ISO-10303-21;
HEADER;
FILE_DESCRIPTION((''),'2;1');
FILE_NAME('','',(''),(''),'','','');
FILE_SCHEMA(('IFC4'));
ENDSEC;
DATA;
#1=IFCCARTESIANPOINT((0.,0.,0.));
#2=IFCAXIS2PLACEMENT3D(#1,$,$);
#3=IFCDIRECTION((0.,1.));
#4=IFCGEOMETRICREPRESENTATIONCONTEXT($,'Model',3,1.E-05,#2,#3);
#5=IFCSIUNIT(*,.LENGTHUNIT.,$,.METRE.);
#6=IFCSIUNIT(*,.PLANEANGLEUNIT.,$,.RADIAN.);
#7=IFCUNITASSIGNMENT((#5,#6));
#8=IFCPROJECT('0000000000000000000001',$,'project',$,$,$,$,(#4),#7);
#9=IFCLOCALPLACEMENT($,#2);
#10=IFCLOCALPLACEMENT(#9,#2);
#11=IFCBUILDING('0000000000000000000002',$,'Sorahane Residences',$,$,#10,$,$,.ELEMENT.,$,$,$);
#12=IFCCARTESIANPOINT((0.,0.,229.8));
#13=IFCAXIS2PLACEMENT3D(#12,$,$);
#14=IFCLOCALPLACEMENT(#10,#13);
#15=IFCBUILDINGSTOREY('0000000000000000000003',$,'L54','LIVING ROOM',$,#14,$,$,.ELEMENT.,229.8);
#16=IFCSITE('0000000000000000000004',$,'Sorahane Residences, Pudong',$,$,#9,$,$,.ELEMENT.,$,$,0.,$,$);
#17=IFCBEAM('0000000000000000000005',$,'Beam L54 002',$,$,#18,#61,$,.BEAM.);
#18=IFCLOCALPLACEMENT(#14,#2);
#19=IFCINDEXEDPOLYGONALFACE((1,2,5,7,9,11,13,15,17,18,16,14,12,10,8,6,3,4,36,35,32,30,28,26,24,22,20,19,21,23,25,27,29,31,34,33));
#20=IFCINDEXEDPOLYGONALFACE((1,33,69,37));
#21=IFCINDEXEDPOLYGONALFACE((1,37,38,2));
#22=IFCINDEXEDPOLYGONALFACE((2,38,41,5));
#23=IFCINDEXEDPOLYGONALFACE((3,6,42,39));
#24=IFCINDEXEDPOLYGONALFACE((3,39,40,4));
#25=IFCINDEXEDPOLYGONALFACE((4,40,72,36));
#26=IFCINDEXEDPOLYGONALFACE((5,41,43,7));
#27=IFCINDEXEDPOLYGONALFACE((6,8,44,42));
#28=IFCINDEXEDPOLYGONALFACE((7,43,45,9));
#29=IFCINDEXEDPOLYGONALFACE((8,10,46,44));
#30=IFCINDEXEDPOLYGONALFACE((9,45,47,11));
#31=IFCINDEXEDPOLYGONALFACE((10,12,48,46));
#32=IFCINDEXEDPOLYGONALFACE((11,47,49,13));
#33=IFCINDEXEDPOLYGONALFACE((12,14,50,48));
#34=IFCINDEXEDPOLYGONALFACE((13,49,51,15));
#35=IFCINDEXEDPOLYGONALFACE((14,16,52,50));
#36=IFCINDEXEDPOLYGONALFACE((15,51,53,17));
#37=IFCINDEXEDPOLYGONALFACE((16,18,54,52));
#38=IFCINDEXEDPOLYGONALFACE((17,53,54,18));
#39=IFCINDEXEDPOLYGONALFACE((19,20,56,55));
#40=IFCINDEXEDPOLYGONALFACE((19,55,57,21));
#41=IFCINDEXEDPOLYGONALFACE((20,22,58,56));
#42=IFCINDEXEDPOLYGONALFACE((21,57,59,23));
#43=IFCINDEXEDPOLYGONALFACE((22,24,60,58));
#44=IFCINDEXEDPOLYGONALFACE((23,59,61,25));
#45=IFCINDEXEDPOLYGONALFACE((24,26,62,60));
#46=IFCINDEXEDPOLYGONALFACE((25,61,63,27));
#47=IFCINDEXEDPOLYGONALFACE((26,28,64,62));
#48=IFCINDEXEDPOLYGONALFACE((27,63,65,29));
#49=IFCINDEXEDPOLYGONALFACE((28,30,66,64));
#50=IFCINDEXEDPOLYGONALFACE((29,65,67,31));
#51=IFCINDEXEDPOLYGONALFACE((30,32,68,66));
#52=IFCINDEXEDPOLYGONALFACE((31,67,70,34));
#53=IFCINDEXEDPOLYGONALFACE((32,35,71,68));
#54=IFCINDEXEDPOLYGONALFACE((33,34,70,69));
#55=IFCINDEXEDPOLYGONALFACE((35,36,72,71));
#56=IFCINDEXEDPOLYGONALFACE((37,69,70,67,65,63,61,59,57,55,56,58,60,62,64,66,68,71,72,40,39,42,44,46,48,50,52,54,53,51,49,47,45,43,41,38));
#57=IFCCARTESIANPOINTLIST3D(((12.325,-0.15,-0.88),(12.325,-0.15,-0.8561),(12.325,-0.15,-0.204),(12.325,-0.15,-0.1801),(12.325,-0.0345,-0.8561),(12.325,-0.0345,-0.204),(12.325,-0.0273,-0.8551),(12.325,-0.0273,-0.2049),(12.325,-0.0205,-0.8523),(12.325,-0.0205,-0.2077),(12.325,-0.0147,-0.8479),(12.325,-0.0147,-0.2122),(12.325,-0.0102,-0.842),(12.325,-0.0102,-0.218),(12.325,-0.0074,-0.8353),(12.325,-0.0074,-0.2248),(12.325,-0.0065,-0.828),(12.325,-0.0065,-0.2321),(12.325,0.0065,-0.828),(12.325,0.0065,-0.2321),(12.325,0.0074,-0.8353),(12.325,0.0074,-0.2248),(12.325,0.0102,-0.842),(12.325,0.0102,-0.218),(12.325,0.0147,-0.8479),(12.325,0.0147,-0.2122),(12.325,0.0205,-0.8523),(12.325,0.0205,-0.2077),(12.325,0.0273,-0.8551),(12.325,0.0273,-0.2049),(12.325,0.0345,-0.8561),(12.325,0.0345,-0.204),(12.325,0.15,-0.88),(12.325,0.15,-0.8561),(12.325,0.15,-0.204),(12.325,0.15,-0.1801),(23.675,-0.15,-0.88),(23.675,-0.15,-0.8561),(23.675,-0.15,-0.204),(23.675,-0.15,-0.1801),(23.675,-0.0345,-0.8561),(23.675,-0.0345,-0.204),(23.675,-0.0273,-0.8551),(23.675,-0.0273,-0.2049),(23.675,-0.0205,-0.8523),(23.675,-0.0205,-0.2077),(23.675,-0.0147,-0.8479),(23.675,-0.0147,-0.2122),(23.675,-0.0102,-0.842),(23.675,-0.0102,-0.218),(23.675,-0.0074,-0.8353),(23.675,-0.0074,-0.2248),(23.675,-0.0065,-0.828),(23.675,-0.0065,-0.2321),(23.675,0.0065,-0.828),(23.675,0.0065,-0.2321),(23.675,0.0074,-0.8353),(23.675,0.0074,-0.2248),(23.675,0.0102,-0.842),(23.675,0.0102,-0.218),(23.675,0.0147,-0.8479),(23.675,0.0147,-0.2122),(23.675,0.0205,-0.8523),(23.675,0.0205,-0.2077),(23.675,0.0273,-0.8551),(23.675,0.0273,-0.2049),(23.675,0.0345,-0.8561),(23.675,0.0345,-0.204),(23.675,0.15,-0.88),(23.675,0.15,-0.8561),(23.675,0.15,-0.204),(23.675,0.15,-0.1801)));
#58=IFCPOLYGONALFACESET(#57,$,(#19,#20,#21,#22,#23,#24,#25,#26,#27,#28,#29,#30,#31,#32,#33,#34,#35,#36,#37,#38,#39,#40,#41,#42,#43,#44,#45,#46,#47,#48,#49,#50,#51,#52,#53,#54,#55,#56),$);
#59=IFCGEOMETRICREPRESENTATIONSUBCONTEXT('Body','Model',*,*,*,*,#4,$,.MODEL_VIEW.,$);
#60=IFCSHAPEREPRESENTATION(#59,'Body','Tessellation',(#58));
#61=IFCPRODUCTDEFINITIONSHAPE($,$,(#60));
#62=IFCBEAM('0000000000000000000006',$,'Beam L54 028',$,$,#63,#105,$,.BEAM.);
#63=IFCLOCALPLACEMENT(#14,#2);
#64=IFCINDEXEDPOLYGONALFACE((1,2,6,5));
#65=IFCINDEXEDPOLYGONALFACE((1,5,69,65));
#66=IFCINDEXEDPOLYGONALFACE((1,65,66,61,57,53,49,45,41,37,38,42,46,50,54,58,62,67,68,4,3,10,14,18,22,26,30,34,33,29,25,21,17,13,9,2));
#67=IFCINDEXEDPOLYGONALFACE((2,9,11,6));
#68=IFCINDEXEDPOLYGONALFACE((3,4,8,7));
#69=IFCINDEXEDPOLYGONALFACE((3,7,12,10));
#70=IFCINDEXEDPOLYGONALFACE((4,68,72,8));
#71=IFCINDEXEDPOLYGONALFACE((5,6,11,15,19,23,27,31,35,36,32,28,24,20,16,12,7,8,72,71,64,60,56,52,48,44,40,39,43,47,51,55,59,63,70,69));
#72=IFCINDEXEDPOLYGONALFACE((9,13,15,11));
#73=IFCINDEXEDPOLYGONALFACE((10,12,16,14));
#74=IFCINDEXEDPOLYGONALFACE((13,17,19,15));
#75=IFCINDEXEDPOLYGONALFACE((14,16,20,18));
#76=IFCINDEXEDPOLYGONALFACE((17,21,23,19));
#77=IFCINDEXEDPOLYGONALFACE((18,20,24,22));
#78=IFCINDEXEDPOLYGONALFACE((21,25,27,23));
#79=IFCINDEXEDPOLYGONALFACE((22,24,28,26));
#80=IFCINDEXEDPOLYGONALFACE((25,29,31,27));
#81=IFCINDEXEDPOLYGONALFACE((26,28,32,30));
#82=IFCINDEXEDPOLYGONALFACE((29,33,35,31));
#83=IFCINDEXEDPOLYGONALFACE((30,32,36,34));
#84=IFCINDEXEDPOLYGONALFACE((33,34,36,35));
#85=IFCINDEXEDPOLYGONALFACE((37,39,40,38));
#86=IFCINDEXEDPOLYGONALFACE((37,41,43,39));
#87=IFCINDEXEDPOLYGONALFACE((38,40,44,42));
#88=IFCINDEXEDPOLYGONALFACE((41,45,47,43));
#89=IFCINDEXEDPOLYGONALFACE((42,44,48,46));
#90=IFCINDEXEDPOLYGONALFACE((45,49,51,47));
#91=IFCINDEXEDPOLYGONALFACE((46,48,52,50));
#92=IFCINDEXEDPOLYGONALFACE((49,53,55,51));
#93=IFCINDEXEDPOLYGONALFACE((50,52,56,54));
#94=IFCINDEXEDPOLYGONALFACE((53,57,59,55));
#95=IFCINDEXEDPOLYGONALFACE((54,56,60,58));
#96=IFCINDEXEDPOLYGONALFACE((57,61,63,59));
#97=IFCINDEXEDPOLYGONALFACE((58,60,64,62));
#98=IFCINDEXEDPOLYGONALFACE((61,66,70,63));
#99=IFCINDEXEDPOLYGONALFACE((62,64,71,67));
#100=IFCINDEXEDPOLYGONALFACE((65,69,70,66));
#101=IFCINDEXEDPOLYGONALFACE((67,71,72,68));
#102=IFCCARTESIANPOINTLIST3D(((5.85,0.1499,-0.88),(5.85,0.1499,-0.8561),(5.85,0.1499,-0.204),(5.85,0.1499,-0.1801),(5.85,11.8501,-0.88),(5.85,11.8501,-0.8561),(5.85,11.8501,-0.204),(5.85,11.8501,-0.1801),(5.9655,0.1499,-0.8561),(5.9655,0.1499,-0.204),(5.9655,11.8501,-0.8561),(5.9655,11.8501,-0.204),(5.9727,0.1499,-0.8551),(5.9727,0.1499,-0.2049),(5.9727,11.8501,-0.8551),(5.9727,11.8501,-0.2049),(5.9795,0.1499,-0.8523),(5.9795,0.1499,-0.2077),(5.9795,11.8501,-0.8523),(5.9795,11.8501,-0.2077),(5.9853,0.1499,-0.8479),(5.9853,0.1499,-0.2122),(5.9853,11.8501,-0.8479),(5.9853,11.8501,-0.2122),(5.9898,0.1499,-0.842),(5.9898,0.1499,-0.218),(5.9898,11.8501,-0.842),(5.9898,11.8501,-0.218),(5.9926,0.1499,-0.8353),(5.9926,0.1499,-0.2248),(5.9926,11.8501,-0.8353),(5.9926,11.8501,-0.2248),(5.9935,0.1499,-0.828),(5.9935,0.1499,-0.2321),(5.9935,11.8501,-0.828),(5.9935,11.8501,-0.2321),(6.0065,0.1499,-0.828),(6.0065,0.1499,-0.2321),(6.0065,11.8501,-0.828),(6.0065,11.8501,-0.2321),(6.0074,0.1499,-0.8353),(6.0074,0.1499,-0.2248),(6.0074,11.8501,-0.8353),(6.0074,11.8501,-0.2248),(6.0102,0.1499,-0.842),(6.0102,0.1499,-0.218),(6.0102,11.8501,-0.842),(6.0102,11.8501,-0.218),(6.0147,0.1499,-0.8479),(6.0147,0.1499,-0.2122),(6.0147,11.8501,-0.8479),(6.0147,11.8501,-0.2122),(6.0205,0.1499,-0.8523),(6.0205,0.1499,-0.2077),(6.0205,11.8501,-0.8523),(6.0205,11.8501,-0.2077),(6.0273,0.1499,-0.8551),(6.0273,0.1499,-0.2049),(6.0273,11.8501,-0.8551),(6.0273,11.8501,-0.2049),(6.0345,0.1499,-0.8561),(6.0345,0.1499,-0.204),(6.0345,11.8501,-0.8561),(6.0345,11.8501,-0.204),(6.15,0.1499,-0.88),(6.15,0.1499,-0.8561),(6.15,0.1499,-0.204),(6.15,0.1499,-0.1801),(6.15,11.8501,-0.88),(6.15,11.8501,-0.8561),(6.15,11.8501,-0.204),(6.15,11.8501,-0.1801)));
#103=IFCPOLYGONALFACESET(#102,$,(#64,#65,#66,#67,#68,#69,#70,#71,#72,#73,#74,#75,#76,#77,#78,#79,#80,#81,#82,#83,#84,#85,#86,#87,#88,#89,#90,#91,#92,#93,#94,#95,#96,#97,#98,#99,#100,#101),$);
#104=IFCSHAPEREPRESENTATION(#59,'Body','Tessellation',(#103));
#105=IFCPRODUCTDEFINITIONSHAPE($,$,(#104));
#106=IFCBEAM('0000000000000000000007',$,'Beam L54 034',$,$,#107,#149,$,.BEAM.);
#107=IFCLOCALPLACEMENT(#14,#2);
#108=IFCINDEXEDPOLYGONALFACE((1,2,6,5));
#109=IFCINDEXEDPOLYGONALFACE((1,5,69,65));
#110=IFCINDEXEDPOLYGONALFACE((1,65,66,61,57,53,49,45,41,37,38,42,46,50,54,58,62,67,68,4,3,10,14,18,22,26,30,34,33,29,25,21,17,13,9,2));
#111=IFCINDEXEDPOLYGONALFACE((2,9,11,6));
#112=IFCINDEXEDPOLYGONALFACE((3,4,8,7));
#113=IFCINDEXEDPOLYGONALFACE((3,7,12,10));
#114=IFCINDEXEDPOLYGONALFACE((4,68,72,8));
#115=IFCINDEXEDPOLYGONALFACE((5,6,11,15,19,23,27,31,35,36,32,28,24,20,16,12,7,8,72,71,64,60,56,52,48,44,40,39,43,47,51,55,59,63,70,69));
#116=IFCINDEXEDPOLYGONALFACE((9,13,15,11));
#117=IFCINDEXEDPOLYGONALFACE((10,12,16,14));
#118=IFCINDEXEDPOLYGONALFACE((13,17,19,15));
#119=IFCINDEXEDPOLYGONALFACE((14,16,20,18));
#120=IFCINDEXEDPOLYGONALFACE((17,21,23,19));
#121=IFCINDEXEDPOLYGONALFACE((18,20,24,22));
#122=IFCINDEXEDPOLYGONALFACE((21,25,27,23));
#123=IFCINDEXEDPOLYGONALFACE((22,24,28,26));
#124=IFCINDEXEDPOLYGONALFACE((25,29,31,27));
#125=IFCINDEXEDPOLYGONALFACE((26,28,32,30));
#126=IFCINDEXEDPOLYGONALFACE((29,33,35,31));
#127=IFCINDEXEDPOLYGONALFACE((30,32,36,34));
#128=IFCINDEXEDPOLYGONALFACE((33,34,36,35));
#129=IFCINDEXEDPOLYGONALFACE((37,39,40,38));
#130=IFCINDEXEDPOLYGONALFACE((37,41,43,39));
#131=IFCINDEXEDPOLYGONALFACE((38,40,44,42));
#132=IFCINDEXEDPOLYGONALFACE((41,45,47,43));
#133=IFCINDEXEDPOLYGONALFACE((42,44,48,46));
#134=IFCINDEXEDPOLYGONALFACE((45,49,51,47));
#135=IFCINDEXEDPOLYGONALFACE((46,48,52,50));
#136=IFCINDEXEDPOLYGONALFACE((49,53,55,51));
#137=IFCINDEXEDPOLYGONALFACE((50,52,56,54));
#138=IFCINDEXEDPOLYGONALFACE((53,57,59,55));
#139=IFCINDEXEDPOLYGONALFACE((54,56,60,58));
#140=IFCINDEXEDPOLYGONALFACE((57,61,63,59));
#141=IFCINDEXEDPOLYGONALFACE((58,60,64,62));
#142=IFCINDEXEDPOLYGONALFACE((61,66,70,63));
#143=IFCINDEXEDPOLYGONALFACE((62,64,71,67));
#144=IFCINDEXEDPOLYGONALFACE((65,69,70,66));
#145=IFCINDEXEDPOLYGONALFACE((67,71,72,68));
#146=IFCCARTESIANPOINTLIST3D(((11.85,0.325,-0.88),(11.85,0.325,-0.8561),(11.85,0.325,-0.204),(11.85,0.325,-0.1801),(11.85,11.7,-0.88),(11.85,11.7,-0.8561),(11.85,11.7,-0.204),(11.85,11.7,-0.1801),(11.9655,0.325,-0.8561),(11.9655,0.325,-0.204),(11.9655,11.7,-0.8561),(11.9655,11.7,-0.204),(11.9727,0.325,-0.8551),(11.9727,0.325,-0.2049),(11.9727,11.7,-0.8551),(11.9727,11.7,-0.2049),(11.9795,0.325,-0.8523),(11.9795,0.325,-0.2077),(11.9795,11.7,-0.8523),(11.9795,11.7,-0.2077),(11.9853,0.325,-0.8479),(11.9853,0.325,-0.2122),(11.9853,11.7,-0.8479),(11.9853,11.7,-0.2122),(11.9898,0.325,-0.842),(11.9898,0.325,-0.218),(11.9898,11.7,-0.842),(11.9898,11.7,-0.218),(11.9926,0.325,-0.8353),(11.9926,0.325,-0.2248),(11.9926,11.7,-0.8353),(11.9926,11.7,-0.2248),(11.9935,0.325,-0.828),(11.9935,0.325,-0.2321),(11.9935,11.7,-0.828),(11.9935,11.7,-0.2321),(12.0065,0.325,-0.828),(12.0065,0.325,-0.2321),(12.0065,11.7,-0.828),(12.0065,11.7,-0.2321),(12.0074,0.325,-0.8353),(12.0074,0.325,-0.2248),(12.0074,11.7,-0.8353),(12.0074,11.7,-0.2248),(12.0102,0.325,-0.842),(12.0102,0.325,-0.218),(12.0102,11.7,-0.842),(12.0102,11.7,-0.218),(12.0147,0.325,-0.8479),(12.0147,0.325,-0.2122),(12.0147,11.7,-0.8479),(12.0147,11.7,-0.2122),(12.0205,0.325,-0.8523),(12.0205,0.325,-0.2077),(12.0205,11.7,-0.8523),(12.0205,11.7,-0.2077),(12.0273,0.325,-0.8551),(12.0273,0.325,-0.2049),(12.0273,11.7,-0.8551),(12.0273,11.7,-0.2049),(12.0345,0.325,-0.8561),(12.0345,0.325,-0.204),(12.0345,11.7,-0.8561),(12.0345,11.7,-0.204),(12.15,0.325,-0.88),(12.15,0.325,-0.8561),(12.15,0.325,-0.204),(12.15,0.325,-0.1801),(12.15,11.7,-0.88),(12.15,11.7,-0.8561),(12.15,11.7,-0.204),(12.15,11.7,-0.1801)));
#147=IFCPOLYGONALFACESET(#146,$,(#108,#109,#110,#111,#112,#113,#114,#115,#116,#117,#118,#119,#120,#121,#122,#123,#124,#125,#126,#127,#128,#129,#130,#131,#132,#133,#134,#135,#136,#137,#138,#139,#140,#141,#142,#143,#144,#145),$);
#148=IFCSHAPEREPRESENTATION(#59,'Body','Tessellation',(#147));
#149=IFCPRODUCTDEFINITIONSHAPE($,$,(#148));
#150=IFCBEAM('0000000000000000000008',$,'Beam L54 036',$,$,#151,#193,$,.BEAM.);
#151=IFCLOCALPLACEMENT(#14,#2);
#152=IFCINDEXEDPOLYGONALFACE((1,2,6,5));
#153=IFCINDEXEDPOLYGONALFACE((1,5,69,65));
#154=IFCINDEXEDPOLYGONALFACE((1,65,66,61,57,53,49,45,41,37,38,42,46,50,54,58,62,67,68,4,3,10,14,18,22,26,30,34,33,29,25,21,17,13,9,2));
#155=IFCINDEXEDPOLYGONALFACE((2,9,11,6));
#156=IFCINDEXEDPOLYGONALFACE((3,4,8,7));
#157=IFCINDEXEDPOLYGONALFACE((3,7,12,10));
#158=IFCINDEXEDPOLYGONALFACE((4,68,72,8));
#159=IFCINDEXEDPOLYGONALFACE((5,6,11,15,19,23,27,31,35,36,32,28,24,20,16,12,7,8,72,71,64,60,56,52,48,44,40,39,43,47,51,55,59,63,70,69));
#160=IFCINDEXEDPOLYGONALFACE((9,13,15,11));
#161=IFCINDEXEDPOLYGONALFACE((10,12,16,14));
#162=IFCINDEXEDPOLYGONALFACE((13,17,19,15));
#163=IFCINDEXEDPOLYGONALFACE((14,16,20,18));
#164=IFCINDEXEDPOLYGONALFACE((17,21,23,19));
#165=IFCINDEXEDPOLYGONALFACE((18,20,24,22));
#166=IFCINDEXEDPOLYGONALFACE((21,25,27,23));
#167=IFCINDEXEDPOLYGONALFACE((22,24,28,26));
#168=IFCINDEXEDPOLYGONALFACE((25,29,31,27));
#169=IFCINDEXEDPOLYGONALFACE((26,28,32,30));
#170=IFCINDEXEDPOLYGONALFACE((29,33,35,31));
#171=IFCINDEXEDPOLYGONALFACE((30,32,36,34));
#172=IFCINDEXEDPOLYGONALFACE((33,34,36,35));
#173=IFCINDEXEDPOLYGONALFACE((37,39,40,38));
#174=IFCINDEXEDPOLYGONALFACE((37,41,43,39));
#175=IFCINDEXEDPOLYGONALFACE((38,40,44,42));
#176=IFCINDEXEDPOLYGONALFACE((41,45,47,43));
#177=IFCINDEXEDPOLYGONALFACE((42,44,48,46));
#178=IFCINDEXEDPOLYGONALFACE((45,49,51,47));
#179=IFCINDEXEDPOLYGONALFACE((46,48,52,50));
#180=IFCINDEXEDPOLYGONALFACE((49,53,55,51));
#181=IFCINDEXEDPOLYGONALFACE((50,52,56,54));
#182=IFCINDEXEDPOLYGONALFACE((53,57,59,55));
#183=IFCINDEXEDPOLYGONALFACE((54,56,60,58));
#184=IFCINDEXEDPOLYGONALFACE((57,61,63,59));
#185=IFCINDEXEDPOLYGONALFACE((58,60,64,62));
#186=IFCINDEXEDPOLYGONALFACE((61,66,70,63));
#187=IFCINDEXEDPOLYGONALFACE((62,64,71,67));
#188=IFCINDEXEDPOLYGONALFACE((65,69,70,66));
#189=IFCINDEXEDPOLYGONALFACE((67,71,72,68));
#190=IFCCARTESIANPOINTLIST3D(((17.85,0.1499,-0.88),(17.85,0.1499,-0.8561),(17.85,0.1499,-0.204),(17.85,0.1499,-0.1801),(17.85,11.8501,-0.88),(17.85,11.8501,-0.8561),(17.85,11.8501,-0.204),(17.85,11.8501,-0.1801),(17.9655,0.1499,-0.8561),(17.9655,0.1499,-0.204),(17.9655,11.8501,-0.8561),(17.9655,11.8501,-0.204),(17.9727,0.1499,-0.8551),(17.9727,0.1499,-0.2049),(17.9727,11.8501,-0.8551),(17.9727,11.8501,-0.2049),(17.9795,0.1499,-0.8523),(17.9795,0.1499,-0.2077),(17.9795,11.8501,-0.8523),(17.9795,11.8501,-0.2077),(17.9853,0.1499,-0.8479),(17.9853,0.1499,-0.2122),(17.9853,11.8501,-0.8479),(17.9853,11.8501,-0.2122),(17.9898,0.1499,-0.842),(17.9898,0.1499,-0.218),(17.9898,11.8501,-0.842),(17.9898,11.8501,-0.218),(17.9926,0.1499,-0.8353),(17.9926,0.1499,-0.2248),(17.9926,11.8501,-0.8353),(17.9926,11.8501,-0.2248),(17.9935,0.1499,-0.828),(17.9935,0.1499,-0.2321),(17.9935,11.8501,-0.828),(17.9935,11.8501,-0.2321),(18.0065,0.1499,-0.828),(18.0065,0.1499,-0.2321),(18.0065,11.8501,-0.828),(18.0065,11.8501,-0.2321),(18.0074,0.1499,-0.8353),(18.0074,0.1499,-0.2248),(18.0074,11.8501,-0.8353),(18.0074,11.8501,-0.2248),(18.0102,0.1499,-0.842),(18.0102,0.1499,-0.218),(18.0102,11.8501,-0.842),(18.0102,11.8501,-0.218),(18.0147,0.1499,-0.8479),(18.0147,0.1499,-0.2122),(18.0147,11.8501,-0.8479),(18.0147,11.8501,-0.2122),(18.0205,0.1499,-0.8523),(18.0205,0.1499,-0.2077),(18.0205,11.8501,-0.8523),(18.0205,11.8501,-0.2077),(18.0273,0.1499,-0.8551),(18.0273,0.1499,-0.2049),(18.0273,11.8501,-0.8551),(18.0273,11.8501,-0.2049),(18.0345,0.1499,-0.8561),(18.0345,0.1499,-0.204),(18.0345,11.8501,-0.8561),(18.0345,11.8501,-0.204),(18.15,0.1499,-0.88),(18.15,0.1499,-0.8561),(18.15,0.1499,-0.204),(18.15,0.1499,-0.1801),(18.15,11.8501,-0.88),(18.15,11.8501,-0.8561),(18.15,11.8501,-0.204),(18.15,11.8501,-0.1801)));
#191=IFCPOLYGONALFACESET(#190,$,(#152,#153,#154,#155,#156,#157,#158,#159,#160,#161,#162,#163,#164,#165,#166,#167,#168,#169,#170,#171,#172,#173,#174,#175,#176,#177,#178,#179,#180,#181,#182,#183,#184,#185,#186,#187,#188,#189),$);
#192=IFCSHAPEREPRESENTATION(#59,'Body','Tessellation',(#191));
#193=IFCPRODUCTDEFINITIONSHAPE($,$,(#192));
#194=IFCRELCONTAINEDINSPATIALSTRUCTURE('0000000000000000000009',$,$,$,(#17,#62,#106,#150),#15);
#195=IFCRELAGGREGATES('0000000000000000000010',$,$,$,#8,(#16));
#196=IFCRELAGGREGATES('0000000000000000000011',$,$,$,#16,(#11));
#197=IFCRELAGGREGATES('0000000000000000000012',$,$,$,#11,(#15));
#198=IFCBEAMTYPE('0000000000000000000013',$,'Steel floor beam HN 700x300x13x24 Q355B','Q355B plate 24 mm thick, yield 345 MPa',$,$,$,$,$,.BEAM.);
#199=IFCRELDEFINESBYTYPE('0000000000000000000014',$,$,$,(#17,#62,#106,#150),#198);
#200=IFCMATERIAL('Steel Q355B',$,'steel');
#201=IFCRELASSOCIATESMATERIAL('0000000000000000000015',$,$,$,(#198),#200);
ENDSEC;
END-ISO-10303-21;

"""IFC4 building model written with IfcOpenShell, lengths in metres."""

from ifc_helpers import new_model, si_unit, direction, frame, origin, origin_2d, place, context, subcontext, project, spatial, i_section, extrude, material, material_profile, profile_set, type_object, element, save


model = new_model("IFC4")

# Units and contexts
model_context = context("Model", 3, precision=1e-05, world=origin(), true_north=direction((0.0, 1.0)))
body_context = subcontext(model_context, "Body", "Model", "MODEL_VIEW")
ifc_project = project(units=[si_unit("LENGTHUNIT", "METRE"), si_unit("PLANEANGLEUNIT", "RADIAN")], contexts=[model_context])

# Site, building, storey
site_placement = place(None, origin())
site = spatial("IfcSite", under=ifc_project, at=site_placement, Name="Sorahane Residences, Pudong", CompositionType="ELEMENT", RefElevation=0.0)
building_placement = place(site_placement, origin())
building = spatial("IfcBuilding", under=site, at=building_placement, Name="Sorahane Residences", CompositionType="ELEMENT")
storey_placement = place(building_placement, frame((0.0, 0.0, 229.8)))
storey = spatial("IfcBuildingStorey", under=building, at=storey_placement, Name="L54", Description="LIVING ROOM", CompositionType="ELEMENT", Elevation=229.8)

# Beams
ifc_material_1 = material(Name="Steel Q355B", Category="steel")
ifc_material_profile_1 = material_profile(ifc_material_1, i_section(OverallWidth=0.3, OverallDepth=0.7, WebThickness=0.0129, FlangeThickness=0.0239, FilletRadius=0.0281, at=origin_2d()), Name="HN 700x300x13x24")
ifc_profile_set_1 = profile_set([ifc_material_profile_1], Name="Steel Q355B")
beam_type_1 = type_object("IfcBeamType", Name="Steel floor beam HN 700x300x13x24 Q355B", Description="Q355B plate 24 mm thick, yield 345 MPa", PredefinedType="BEAM", material=ifc_profile_set_1)
beam_1_placement = place(storey_placement, frame((12.325, 0.0, -0.53), z_axis=(1.0, 0.0, 0.0), x_axis=(0.0, 1.0, 0.0)))
element("IfcBeam", 1, at=beam_1_placement, inside=storey, type_object=beam_type_1, Name="Beam L54 002", PredefinedType="BEAM", context=body_context, shape_type="SweptSolid", body=[
    extrude(i_section(OverallWidth=0.3, OverallDepth=0.7, WebThickness=0.0129, FlangeThickness=0.0239, FilletRadius=0.0281, at=origin_2d()), origin(), (0.0, 0.0, 1.0), 11.3501),
])
beam_2_placement = place(storey_placement, frame((6.0, 0.1499, -0.53), z_axis=(0.0, 1.0, 0.0), x_axis=(-1.0, 0.0, 0.0)))
element("IfcBeam", 2, at=beam_2_placement, inside=storey, type_object=beam_type_1, Name="Beam L54 028", PredefinedType="BEAM", context=body_context, shape_type="SweptSolid", body=[
    extrude(i_section(OverallWidth=0.3, OverallDepth=0.7, WebThickness=0.0129, FlangeThickness=0.0239, FilletRadius=0.0281, at=origin_2d()), origin(), (0.0, 0.0, 1.0), 11.7002),
])
beam_3_placement = place(storey_placement, frame((12.0, 0.325, -0.53), z_axis=(0.0, 1.0, 0.0), x_axis=(-1.0, 0.0, 0.0)))
element("IfcBeam", 3, at=beam_3_placement, inside=storey, type_object=beam_type_1, Name="Beam L54 034", PredefinedType="BEAM", context=body_context, shape_type="SweptSolid", body=[
    extrude(i_section(OverallWidth=0.3, OverallDepth=0.7, WebThickness=0.0129, FlangeThickness=0.0239, FilletRadius=0.0281, at=origin_2d()), origin(), (0.0, 0.0, 1.0), 11.375),
])
beam_4_placement = place(storey_placement, frame((18.0, 0.1499, -0.53), z_axis=(0.0, 1.0, 0.0), x_axis=(-1.0, 0.0, 0.0)))
element("IfcBeam", 4, at=beam_4_placement, inside=storey, type_object=beam_type_1, Name="Beam L54 036", PredefinedType="BEAM", context=body_context, shape_type="SweptSolid", body=[
    extrude(i_section(OverallWidth=0.3, OverallDepth=0.7, WebThickness=0.0129, FlangeThickness=0.0239, FilletRadius=0.0281, at=origin_2d()), origin(), (0.0, 0.0, 1.0), 11.7002),
])

save(model, "model.ifc")
